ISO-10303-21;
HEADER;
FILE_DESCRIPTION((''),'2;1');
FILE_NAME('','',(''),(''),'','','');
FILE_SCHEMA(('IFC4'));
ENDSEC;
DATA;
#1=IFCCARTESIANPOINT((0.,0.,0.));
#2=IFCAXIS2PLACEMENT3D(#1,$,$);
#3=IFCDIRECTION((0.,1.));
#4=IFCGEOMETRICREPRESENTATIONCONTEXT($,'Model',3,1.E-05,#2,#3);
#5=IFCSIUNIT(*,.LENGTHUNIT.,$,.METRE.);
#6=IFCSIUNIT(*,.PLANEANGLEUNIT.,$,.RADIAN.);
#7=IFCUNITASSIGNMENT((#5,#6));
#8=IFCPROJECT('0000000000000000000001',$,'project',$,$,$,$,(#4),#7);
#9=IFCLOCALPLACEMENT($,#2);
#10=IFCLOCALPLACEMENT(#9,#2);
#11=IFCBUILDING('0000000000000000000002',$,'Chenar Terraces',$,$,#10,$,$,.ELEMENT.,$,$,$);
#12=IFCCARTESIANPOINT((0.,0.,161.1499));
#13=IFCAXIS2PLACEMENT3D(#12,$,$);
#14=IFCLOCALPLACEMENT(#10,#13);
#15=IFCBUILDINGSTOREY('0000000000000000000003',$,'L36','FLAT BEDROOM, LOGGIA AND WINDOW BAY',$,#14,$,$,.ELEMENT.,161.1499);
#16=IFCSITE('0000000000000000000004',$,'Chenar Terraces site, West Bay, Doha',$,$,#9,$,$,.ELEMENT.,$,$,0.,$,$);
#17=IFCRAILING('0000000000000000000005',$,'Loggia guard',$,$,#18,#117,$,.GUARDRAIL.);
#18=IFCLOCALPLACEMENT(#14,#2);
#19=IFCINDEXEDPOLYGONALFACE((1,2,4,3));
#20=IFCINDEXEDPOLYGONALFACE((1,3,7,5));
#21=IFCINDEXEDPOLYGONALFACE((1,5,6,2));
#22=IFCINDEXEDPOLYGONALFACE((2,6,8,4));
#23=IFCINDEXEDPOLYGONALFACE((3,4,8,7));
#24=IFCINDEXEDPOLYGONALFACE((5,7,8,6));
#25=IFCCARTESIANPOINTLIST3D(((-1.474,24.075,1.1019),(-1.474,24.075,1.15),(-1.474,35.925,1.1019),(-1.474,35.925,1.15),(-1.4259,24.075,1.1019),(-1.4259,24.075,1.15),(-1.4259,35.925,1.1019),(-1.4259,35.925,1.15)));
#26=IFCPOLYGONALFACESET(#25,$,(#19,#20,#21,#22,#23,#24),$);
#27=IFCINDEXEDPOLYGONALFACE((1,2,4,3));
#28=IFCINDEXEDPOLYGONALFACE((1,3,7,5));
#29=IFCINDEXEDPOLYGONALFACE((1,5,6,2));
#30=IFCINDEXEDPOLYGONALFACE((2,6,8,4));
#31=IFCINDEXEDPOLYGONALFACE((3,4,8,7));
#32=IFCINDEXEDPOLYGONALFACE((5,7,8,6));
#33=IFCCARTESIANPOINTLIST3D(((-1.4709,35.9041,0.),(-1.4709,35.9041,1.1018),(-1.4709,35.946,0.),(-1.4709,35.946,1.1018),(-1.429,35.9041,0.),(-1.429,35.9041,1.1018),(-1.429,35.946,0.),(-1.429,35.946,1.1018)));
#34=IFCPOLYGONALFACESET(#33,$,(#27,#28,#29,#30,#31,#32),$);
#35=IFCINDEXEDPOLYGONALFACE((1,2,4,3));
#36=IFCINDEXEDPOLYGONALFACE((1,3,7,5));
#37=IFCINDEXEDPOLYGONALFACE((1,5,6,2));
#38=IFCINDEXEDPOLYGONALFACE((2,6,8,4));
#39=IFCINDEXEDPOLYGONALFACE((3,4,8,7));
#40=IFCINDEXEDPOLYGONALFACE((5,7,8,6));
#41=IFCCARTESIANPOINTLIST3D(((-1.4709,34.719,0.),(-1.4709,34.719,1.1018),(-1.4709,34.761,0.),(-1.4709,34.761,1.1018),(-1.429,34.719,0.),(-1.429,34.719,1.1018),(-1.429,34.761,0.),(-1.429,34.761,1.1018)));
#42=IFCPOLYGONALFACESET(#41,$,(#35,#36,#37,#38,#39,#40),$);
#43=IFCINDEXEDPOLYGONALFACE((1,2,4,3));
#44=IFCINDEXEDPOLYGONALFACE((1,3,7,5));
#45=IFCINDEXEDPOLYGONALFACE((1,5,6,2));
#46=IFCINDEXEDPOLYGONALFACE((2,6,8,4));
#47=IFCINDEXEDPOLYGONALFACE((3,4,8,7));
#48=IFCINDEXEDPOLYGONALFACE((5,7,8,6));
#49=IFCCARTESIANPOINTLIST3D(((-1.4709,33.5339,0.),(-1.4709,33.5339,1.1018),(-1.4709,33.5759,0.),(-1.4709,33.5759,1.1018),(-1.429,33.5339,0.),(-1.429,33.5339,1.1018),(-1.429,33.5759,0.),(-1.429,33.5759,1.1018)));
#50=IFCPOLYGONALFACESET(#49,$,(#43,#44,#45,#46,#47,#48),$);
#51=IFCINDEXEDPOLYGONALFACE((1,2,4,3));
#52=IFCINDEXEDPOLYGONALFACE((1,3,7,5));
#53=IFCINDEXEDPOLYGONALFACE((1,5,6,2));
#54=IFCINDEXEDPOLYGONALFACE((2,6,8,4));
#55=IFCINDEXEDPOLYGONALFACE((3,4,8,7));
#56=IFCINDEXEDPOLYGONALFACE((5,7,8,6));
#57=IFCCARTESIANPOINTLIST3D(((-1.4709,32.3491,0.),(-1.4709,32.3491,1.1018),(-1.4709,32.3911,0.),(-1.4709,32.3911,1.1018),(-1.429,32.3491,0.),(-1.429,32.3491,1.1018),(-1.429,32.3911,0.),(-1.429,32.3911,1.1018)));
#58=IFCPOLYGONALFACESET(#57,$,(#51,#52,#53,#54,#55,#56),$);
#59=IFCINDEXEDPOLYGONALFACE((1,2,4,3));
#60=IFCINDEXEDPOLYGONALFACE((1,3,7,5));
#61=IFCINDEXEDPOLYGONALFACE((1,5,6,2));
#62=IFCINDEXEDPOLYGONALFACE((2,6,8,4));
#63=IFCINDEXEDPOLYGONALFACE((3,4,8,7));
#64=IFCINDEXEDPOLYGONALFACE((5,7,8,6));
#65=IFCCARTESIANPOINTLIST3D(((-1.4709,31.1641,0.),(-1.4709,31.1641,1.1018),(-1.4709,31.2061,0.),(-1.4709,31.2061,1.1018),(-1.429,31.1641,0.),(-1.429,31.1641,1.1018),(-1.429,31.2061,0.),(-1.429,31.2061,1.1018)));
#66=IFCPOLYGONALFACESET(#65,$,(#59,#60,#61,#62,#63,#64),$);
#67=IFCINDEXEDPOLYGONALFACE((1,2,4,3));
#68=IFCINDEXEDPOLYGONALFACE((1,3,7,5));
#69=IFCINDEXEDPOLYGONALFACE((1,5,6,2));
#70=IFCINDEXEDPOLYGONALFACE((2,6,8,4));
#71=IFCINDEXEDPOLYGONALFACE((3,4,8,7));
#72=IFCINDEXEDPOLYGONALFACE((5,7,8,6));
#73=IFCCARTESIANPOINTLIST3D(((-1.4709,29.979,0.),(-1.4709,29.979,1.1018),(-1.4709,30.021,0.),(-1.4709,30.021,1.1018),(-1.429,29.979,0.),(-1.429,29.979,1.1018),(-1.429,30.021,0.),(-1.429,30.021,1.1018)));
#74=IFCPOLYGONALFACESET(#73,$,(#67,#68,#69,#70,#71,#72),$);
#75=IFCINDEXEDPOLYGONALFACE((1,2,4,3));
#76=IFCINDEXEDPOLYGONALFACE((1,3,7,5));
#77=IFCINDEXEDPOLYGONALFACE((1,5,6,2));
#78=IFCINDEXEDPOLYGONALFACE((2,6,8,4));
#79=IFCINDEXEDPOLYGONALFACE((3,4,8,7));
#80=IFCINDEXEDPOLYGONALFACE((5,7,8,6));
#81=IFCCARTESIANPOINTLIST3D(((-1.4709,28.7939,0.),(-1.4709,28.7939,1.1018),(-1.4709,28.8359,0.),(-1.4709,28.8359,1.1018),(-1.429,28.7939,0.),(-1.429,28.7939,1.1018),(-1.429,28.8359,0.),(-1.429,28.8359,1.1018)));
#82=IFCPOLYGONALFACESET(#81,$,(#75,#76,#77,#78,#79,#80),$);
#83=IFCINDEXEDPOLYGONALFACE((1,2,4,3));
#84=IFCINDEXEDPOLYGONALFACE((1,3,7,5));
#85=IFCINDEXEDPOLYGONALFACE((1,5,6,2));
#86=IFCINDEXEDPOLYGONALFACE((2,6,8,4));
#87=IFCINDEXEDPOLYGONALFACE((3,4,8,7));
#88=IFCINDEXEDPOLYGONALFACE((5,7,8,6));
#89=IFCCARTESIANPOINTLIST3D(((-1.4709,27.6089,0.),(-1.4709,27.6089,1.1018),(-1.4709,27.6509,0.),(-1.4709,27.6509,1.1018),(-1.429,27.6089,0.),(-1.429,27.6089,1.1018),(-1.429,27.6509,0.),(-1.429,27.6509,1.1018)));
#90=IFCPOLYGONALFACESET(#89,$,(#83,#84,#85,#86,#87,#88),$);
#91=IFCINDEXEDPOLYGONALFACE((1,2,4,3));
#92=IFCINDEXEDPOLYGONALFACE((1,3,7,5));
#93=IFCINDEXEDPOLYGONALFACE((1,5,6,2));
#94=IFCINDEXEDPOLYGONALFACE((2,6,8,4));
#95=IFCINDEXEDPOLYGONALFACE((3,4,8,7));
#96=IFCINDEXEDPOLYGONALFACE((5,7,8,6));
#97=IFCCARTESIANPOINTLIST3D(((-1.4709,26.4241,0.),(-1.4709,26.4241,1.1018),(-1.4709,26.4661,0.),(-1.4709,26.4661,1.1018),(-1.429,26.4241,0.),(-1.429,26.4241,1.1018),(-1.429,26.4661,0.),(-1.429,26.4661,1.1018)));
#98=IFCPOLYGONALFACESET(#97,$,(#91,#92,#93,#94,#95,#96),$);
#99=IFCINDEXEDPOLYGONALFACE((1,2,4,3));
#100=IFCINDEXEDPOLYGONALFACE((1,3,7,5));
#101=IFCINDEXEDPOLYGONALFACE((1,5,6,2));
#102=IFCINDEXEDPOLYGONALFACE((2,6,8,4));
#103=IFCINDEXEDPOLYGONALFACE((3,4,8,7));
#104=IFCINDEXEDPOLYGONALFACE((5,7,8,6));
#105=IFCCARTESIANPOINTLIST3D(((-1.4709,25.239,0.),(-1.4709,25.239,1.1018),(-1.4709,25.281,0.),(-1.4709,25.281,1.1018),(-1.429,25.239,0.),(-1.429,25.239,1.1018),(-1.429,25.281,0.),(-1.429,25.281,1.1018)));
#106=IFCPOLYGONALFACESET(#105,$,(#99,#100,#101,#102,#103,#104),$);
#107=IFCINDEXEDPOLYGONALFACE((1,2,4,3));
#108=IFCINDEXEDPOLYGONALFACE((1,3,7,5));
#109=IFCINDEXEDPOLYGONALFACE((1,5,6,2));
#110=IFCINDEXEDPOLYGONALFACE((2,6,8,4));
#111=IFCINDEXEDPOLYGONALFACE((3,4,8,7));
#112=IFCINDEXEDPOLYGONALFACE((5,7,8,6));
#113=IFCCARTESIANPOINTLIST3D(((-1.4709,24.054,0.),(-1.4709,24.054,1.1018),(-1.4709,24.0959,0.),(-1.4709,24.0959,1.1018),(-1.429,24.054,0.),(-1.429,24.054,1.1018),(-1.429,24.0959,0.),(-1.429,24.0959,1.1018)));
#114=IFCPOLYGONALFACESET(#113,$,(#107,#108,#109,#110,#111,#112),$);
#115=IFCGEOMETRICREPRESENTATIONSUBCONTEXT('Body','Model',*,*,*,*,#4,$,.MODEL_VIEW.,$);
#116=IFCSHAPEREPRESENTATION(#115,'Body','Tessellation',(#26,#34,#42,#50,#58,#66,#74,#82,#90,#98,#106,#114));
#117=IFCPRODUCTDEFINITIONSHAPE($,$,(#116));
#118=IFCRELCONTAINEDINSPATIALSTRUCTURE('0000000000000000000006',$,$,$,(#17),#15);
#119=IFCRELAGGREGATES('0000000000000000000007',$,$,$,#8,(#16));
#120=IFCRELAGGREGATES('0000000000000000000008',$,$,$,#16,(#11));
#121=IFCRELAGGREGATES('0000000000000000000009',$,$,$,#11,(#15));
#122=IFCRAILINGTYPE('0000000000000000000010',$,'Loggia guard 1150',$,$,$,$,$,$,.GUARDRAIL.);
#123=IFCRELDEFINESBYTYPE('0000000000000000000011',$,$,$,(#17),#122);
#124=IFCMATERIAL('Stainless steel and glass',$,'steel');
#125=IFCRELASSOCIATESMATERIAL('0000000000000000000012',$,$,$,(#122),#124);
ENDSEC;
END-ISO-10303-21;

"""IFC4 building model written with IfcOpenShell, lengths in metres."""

from ifc_helpers import new_model, si_unit, direction, frame, origin, origin_2d, place, context, subcontext, project, spatial, rectangle, extrude, material, type_object, element, save


model = new_model("IFC4")

# Units and contexts
model_context = context("Model", 3, precision=1e-05, world=origin(), true_north=direction((0.0, 1.0)))
body_context = subcontext(model_context, "Body", "Model", "MODEL_VIEW")
ifc_project = project(units=[si_unit("LENGTHUNIT", "METRE"), si_unit("PLANEANGLEUNIT", "RADIAN")], contexts=[model_context])

# Site, building, storey
site_placement = place(None, origin())
site = spatial("IfcSite", under=ifc_project, at=site_placement, Name="Chenar Terraces site, West Bay, Doha", CompositionType="ELEMENT", RefElevation=0.0)
building_placement = place(site_placement, origin())
building = spatial("IfcBuilding", under=site, at=building_placement, Name="Chenar Terraces", CompositionType="ELEMENT")
storey_placement = place(building_placement, frame((0.0, 0.0, 161.1499)))
storey = spatial("IfcBuildingStorey", under=building, at=storey_placement, Name="L36", Description="FLAT BEDROOM, LOGGIA AND WINDOW BAY", CompositionType="ELEMENT", Elevation=161.1499)

# Railing
ifc_material_1 = material(Name="Stainless steel and glass", Category="steel")
railing_type_1 = type_object("IfcRailingType", Name="Loggia guard 1150", PredefinedType="GUARDRAIL", material=ifc_material_1)
railing_1_placement = place(storey_placement, frame((-1.45, 35.925, 0.0)))
element("IfcRailing", 1, at=railing_1_placement, inside=storey, type_object=railing_type_1, Name="Loggia guard", PredefinedType="GUARDRAIL", context=body_context, shape_type="SweptSolid", body=[
    extrude(rectangle(XDim=0.0481, YDim=0.0481, at=origin_2d()), frame((0.0, 0.0, 1.126), z_axis=(0.0, -1.0, 0.0), x_axis=(1.0, 0.0, 0.0)), (0.0, 0.0, 1.0), 11.8501),
    extrude(rectangle(XDim=0.042, YDim=0.042, at=origin_2d()), origin(), (0.0, 0.0, 1.0), 1.1018),
    extrude(rectangle(XDim=0.042, YDim=0.042, at=origin_2d()), frame((0.0, -1.1851, 0.0)), (0.0, 0.0, 1.0), 1.1018),
    extrude(rectangle(XDim=0.042, YDim=0.042, at=origin_2d()), frame((0.0, -2.3701, 0.0)), (0.0, 0.0, 1.0), 1.1018),
    extrude(rectangle(XDim=0.042, YDim=0.042, at=origin_2d()), frame((0.0, -3.5549, 0.0)), (0.0, 0.0, 1.0), 1.1018),
    extrude(rectangle(XDim=0.042, YDim=0.042, at=origin_2d()), frame((0.0, -4.74, 0.0)), (0.0, 0.0, 1.0), 1.1018),
    extrude(rectangle(XDim=0.042, YDim=0.042, at=origin_2d()), frame((0.0, -5.925, 0.0)), (0.0, 0.0, 1.0), 1.1018),
    extrude(rectangle(XDim=0.042, YDim=0.042, at=origin_2d()), frame((0.0, -7.1101, 0.0)), (0.0, 0.0, 1.0), 1.1018),
    extrude(rectangle(XDim=0.042, YDim=0.042, at=origin_2d()), frame((0.0, -8.2952, 0.0)), (0.0, 0.0, 1.0), 1.1018),
    extrude(rectangle(XDim=0.042, YDim=0.042, at=origin_2d()), frame((0.0, -9.48, 0.0)), (0.0, 0.0, 1.0), 1.1018),
    extrude(rectangle(XDim=0.042, YDim=0.042, at=origin_2d()), frame((0.0, -10.665, 0.0)), (0.0, 0.0, 1.0), 1.1018),
    extrude(rectangle(XDim=0.042, YDim=0.042, at=origin_2d()), frame((0.0, -11.8501, 0.0)), (0.0, 0.0, 1.0), 1.1018),
])

save(model, "model.ifc")
